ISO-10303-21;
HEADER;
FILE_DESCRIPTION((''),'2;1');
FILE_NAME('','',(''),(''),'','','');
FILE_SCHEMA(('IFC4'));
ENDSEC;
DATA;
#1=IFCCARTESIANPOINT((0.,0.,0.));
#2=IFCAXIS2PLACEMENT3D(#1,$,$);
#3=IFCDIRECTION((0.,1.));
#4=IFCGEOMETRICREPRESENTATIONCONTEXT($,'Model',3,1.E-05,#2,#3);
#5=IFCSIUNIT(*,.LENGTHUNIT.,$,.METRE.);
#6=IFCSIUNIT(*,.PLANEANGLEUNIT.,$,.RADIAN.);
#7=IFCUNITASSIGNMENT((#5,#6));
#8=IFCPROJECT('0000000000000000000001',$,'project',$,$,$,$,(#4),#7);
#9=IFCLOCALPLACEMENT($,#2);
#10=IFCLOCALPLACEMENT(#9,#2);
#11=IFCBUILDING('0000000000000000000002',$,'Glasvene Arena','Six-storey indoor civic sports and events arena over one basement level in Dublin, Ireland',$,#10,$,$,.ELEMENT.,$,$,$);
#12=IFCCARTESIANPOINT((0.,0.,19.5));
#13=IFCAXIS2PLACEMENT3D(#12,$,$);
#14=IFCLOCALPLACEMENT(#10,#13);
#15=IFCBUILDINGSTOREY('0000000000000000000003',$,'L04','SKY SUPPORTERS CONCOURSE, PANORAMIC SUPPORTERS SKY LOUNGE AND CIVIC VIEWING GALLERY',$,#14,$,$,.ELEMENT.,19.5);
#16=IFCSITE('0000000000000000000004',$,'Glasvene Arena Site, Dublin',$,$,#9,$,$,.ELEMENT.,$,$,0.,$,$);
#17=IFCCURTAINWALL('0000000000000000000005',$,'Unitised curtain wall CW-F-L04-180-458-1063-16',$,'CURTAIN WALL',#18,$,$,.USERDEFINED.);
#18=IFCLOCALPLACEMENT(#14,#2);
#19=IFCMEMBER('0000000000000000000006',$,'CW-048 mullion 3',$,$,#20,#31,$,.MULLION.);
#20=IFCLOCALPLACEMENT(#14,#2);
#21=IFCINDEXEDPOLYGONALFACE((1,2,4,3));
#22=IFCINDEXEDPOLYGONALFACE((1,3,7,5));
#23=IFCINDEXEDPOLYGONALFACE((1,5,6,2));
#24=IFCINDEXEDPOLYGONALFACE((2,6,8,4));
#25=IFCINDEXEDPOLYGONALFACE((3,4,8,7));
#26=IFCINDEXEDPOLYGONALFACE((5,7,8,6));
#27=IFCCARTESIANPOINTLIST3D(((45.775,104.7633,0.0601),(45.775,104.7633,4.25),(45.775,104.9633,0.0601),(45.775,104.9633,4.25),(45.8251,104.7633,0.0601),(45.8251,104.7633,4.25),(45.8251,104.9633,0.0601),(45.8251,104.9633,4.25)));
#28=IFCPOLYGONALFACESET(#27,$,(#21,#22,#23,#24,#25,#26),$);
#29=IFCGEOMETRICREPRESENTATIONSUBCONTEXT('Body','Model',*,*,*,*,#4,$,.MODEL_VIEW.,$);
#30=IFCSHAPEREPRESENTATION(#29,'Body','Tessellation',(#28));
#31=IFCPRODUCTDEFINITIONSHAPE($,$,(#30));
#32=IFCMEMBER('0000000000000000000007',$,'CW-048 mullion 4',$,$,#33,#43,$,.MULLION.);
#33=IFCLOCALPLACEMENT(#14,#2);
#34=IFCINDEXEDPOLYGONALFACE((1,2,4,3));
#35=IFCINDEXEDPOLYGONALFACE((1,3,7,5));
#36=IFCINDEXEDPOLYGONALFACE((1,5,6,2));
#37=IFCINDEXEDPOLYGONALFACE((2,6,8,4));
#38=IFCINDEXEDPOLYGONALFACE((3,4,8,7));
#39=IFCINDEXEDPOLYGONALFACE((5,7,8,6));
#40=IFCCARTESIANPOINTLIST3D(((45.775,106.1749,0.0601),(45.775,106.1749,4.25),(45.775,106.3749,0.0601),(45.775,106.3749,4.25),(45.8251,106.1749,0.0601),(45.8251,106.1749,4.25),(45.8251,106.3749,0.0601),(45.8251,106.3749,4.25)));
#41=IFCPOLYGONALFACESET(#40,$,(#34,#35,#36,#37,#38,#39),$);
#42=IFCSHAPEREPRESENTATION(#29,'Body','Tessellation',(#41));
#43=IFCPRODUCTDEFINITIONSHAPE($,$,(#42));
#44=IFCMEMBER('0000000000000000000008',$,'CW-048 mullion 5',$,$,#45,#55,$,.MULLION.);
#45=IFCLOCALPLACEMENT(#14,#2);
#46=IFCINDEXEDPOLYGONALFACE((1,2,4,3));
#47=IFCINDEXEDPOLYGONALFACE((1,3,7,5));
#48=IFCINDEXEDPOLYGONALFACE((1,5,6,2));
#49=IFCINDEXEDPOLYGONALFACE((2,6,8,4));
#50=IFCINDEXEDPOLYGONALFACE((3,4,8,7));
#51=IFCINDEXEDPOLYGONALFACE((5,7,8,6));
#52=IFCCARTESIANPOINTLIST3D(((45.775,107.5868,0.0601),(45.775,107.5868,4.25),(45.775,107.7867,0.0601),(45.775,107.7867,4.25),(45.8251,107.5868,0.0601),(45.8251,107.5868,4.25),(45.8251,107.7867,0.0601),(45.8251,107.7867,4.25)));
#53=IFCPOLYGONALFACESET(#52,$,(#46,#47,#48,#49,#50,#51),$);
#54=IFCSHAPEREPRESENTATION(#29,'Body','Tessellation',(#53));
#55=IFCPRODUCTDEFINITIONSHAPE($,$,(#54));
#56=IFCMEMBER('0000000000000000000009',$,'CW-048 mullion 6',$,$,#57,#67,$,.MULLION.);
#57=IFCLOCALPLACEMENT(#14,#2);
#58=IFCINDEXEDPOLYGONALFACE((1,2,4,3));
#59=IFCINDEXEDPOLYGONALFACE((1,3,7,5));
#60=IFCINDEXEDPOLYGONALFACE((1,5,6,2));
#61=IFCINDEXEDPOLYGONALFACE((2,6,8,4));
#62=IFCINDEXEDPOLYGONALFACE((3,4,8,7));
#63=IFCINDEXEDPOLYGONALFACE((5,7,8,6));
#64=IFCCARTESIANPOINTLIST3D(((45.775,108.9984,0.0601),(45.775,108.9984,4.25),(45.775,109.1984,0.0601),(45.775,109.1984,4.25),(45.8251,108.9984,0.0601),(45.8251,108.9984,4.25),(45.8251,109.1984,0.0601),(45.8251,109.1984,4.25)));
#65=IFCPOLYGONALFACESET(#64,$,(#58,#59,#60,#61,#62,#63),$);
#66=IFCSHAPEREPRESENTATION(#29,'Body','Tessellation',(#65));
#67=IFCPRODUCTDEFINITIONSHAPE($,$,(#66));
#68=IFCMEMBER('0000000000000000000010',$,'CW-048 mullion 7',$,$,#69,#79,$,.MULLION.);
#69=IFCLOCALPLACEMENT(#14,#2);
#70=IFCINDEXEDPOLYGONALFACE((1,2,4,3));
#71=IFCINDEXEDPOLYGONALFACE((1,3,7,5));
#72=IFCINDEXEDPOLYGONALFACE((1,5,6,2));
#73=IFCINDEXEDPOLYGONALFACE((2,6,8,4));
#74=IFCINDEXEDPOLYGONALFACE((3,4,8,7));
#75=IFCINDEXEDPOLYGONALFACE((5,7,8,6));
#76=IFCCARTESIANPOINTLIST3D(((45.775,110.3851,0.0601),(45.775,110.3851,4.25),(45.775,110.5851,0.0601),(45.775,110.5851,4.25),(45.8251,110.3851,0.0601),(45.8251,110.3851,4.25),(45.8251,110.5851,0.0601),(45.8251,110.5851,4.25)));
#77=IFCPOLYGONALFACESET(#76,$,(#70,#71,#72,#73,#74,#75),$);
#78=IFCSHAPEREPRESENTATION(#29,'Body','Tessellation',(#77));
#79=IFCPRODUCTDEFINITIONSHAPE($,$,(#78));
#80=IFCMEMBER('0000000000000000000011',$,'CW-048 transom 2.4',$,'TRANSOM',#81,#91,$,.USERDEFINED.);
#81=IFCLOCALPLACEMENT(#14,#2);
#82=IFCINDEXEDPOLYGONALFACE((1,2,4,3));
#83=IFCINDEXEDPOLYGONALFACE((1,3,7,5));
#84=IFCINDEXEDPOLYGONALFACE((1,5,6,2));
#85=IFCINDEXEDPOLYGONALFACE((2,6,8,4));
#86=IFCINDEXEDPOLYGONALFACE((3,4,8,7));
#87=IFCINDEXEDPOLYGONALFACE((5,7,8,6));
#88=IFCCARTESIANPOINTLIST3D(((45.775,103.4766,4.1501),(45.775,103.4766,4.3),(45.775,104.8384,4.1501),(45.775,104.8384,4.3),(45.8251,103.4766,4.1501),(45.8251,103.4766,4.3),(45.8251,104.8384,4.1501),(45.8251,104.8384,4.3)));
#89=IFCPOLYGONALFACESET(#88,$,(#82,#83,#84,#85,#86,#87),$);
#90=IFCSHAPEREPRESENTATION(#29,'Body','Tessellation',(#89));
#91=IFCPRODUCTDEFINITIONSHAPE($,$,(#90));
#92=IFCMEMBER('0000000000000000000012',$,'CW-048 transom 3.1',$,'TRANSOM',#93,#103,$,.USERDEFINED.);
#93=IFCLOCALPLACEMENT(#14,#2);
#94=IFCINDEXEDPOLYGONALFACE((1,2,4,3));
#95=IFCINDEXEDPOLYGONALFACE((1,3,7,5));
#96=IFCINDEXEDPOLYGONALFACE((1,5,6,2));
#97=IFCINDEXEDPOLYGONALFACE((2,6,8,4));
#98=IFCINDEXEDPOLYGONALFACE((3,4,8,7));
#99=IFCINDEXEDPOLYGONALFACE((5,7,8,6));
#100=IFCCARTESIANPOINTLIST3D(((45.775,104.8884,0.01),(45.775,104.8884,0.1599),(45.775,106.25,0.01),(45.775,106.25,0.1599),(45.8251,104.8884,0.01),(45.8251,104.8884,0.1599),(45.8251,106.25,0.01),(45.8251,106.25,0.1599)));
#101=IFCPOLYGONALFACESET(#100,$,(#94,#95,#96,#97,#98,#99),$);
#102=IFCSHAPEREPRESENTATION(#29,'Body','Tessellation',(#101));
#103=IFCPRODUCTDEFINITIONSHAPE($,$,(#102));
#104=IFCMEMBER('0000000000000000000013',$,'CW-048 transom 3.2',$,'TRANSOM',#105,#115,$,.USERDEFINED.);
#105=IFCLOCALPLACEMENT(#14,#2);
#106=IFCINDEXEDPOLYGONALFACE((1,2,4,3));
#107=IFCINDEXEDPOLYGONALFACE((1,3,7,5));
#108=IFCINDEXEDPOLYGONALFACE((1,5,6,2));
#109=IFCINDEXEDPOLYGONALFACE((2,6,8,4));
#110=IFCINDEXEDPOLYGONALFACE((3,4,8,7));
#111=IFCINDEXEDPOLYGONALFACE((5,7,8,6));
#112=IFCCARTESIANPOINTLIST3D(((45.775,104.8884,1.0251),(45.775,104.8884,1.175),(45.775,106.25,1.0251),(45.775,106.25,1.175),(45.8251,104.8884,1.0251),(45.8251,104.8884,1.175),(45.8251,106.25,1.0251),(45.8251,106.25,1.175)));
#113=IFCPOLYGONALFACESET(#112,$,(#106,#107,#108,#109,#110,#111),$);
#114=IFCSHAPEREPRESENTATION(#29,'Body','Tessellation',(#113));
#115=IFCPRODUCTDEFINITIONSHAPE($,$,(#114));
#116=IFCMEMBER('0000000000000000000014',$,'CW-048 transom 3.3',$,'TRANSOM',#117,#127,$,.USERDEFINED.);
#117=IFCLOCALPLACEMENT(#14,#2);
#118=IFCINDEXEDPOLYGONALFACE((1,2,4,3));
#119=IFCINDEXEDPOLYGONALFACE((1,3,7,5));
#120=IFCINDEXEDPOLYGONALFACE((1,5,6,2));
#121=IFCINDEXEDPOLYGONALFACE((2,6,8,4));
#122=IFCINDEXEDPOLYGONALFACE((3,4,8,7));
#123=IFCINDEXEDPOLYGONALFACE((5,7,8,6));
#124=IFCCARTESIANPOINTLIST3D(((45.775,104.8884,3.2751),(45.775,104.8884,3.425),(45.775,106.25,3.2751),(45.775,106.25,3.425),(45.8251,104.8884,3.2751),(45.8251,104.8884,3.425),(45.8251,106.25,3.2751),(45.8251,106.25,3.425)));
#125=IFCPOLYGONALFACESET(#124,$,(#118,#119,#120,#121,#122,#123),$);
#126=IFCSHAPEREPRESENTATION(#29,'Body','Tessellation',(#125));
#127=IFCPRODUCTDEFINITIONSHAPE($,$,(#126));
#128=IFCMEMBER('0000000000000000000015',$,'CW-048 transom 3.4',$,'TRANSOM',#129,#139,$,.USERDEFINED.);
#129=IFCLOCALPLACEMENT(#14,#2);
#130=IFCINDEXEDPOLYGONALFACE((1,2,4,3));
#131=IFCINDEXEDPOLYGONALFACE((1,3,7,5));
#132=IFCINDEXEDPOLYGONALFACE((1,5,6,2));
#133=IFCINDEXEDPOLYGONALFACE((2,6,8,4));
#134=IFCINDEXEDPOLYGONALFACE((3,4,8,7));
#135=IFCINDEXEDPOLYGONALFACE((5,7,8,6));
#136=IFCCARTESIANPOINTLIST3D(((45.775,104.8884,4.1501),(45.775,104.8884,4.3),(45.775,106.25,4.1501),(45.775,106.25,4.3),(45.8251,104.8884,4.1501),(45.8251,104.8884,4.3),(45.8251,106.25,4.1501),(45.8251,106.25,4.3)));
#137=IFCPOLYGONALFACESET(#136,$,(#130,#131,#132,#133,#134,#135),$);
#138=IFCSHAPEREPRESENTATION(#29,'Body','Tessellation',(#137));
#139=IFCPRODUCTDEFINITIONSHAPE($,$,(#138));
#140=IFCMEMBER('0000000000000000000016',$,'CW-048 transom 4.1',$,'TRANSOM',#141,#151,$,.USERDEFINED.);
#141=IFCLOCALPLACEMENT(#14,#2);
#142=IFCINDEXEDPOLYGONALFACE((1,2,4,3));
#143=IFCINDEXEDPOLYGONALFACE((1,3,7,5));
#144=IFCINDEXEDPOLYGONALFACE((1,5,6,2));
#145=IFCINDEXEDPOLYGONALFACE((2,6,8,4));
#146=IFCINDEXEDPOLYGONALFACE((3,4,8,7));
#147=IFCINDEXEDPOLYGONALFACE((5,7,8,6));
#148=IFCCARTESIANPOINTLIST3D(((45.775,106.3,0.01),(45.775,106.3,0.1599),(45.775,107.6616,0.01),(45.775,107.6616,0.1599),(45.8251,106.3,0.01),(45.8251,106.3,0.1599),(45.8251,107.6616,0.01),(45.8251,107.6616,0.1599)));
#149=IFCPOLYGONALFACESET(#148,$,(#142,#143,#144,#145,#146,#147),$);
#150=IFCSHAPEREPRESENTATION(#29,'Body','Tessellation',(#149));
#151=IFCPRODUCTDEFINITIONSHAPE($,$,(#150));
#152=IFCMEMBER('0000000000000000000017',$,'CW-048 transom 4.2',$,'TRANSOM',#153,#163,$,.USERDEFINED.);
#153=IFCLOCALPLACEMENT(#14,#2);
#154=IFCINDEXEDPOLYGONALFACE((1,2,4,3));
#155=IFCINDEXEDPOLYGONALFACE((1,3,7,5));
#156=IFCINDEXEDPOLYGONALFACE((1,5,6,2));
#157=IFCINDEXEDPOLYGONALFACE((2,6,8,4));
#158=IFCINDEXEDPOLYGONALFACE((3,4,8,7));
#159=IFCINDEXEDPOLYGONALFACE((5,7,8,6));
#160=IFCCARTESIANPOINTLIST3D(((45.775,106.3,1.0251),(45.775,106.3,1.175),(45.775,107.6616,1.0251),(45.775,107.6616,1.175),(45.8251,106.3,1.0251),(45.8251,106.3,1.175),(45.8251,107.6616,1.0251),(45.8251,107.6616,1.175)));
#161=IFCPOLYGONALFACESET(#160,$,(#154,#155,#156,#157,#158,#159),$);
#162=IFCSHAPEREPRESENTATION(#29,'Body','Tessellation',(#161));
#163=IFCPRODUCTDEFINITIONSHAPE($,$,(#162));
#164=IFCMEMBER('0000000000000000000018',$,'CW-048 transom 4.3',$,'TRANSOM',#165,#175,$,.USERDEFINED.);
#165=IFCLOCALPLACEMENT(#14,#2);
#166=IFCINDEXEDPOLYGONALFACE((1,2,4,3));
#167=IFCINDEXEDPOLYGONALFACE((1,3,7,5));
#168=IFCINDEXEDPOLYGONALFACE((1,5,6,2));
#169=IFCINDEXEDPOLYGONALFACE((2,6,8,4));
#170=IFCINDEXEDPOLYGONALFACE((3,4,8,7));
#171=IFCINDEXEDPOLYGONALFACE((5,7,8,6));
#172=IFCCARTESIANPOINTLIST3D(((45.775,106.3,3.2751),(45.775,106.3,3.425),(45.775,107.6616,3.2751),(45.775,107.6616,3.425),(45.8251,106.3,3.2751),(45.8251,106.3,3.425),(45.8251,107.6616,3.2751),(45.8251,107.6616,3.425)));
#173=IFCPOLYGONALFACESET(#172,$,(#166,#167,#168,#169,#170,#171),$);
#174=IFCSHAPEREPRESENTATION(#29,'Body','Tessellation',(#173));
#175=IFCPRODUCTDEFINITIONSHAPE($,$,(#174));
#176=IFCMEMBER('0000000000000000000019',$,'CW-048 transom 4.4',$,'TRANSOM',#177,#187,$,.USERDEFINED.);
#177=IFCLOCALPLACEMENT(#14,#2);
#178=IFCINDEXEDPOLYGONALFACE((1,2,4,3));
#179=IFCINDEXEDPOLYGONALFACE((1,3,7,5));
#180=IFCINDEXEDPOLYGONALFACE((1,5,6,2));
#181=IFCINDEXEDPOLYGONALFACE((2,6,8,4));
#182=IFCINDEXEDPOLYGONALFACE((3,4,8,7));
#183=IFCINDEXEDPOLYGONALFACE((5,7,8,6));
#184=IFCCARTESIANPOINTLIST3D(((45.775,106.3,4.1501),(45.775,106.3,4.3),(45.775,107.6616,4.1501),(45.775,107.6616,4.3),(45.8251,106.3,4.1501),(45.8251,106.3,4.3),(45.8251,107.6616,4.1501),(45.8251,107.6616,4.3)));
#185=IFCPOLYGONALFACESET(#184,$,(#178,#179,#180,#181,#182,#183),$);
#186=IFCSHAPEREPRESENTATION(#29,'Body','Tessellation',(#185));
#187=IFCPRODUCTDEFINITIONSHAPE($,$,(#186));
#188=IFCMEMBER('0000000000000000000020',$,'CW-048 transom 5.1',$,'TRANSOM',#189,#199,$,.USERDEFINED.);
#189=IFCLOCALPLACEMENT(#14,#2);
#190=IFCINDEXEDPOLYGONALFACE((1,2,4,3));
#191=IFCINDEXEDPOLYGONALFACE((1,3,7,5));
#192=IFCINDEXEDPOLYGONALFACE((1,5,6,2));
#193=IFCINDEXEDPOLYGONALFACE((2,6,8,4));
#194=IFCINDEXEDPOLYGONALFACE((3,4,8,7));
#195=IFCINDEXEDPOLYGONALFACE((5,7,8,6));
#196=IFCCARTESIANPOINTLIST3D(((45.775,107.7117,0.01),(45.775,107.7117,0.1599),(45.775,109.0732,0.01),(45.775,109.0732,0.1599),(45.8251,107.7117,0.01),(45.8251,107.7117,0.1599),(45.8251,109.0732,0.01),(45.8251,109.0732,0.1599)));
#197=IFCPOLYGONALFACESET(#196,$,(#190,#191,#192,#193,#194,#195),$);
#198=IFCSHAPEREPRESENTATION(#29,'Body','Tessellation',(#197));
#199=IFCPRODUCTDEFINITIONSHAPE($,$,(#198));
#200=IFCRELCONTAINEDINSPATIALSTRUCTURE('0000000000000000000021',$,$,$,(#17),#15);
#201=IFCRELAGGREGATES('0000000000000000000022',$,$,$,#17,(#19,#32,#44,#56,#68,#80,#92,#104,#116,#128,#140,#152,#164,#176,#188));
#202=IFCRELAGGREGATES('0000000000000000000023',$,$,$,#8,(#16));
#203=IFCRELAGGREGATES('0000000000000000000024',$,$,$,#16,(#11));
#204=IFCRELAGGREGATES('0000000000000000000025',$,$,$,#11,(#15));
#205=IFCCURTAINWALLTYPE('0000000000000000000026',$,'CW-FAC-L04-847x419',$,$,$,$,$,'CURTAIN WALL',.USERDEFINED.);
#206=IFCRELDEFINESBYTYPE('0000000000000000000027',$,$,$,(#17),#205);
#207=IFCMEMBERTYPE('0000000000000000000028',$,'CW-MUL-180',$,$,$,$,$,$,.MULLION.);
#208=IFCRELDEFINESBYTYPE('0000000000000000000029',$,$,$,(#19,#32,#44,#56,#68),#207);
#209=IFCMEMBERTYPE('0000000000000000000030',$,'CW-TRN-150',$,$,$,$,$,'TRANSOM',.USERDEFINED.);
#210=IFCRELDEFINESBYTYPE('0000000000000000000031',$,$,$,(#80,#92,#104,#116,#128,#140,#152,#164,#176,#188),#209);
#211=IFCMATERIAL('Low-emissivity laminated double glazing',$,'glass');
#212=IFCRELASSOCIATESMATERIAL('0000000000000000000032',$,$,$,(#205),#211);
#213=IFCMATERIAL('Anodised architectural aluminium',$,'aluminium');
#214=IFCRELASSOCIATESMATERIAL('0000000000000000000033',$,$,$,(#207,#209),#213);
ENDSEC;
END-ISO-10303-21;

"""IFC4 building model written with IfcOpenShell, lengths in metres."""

from ifc_helpers import new_model, si_unit, direction, frame, origin, origin_2d, place, context, subcontext, project, spatial, rectangle, extrude, material, material_profile, profile_set, type_object, element, aggregate, save


model = new_model("IFC4")

# Units and contexts
model_context = context("Model", 3, precision=1e-05, world=origin(), true_north=direction((0.0, 1.0)))
body_context = subcontext(model_context, "Body", "Model", "MODEL_VIEW")
ifc_project = project(units=[si_unit("LENGTHUNIT", "METRE"), si_unit("PLANEANGLEUNIT", "RADIAN")], contexts=[model_context])

# Site, building, storey
site_placement = place(None, origin())
site = spatial("IfcSite", under=ifc_project, at=site_placement, Name="Glasvene Arena Site, Dublin", CompositionType="ELEMENT", RefElevation=0.0)
building_placement = place(site_placement, origin())
building = spatial("IfcBuilding", under=site, at=building_placement, Name="Glasvene Arena", Description="Six-storey indoor civic sports and events arena over one basement level in Dublin, Ireland", CompositionType="ELEMENT")
storey_placement = place(building_placement, frame((0.0, 0.0, 19.5)))
storey = spatial("IfcBuildingStorey", under=building, at=storey_placement, Name="L04", Description="SKY SUPPORTERS CONCOURSE, PANORAMIC SUPPORTERS SKY LOUNGE AND CIVIC VIEWING GALLERY", CompositionType="ELEMENT", Elevation=19.5)

# Curtain wall, members
ifc_material_1 = material(Name="Low-emissivity laminated double glazing", Category="glass")
curtain_wall_type = type_object("IfcCurtainWallType", Name="CW-FAC-L04-847x419", ElementType="CURTAIN WALL", PredefinedType="USERDEFINED", material=ifc_material_1)
curtain_wall_placement = place(storey_placement, frame((45.8, 102.04, 0.0)))
curtain_wall = element("IfcCurtainWall", 1, at=curtain_wall_placement, inside=storey, type_object=curtain_wall_type, Name="Unitised curtain wall CW-F-L04-180-458-1063-16", ObjectType="CURTAIN WALL", PredefinedType="USERDEFINED")
ifc_material_2 = material(Name="Anodised architectural aluminium", Category="aluminium")
ifc_material_profile_1 = material_profile(ifc_material_2, rectangle(XDim=0.05, YDim=0.2, at=origin_2d()), Name="ALU MULLION 50x200")
ifc_profile_set_1 = profile_set([ifc_material_profile_1], Name="Anodised architectural aluminium")
member_type_1 = type_object("IfcMemberType", Name="CW-MUL-180", PredefinedType="MULLION", material=ifc_profile_set_1)
member_1_placement = place(storey_placement, frame((45.8, 104.8633, 0.0601), z_axis=(0.0, 0.0, 1.0), x_axis=(-1.0, 0.0, 0.0)))
member_1 = element("IfcMember", 2, at=member_1_placement, type_object=member_type_1, Name="CW-048 mullion 3", PredefinedType="MULLION", context=body_context, shape_type="SweptSolid", body=[
    extrude(rectangle(XDim=0.05, YDim=0.2, at=origin_2d()), origin(), (0.0, 0.0, 1.0), 4.1899),
])
member_2_placement = place(storey_placement, frame((45.8, 106.2749, 0.0601), z_axis=(0.0, 0.0, 1.0), x_axis=(-1.0, 0.0, 0.0)))
member_2 = element("IfcMember", 3, at=member_2_placement, type_object=member_type_1, Name="CW-048 mullion 4", PredefinedType="MULLION", context=body_context, shape_type="SweptSolid", body=[
    extrude(rectangle(XDim=0.05, YDim=0.2, at=origin_2d()), origin(), (0.0, 0.0, 1.0), 4.1899),
])
member_3_placement = place(storey_placement, frame((45.8, 107.6868, 0.0601), z_axis=(0.0, 0.0, 1.0), x_axis=(-1.0, 0.0, 0.0)))
member_3 = element("IfcMember", 4, at=member_3_placement, type_object=member_type_1, Name="CW-048 mullion 5", PredefinedType="MULLION", context=body_context, shape_type="SweptSolid", body=[
    extrude(rectangle(XDim=0.05, YDim=0.2, at=origin_2d()), origin(), (0.0, 0.0, 1.0), 4.1899),
])
member_4_placement = place(storey_placement, frame((45.8, 109.0984, 0.0601), z_axis=(0.0, 0.0, 1.0), x_axis=(-1.0, 0.0, 0.0)))
member_4 = element("IfcMember", 5, at=member_4_placement, type_object=member_type_1, Name="CW-048 mullion 6", PredefinedType="MULLION", context=body_context, shape_type="SweptSolid", body=[
    extrude(rectangle(XDim=0.05, YDim=0.2, at=origin_2d()), origin(), (0.0, 0.0, 1.0), 4.1899),
])
member_5_placement = place(storey_placement, frame((45.8, 110.4851, 0.0601), z_axis=(0.0, 0.0, 1.0), x_axis=(-1.0, 0.0, 0.0)))
member_5 = element("IfcMember", 6, at=member_5_placement, type_object=member_type_1, Name="CW-048 mullion 7", PredefinedType="MULLION", context=body_context, shape_type="SweptSolid", body=[
    extrude(rectangle(XDim=0.05, YDim=0.2, at=origin_2d()), origin(), (0.0, 0.0, 1.0), 4.1899),
])
ifc_material_profile_2 = material_profile(ifc_material_2, rectangle(XDim=0.05, YDim=0.1499, at=origin_2d()), Name="ALU TRANSOM 50x150")
ifc_profile_set_2 = profile_set([ifc_material_profile_2], Name="Anodised architectural aluminium")
member_type_2 = type_object("IfcMemberType", Name="CW-TRN-150", ElementType="TRANSOM", PredefinedType="USERDEFINED", material=ifc_profile_set_2)
member_6_placement = place(storey_placement, frame((45.8, 103.4766, 4.2251), z_axis=(0.0, 1.0, 0.0), x_axis=(-1.0, 0.0, 0.0)))
member_6 = element("IfcMember", 7, at=member_6_placement, type_object=member_type_2, Name="CW-048 transom 2.4", ObjectType="TRANSOM", PredefinedType="USERDEFINED", context=body_context, shape_type="SweptSolid", body=[
    extrude(rectangle(XDim=0.05, YDim=0.1499, at=origin_2d()), origin(), (0.0, 0.0, 1.0), 1.3618),
])
member_7_placement = place(storey_placement, frame((45.8, 104.8884, 0.085), z_axis=(0.0, 1.0, 0.0), x_axis=(-1.0, 0.0, 0.0)))
member_7 = element("IfcMember", 8, at=member_7_placement, type_object=member_type_2, Name="CW-048 transom 3.1", ObjectType="TRANSOM", PredefinedType="USERDEFINED", context=body_context, shape_type="SweptSolid", body=[
    extrude(rectangle(XDim=0.05, YDim=0.1499, at=origin_2d()), origin(), (0.0, 0.0, 1.0), 1.3616),
])
member_8_placement = place(storey_placement, frame((45.8, 104.8884, 1.1001), z_axis=(0.0, 1.0, 0.0), x_axis=(-1.0, 0.0, 0.0)))
member_8 = element("IfcMember", 9, at=member_8_placement, type_object=member_type_2, Name="CW-048 transom 3.2", ObjectType="TRANSOM", PredefinedType="USERDEFINED", context=body_context, shape_type="SweptSolid", body=[
    extrude(rectangle(XDim=0.05, YDim=0.1499, at=origin_2d()), origin(), (0.0, 0.0, 1.0), 1.3616),
])
member_9_placement = place(storey_placement, frame((45.8, 104.8884, 3.3501), z_axis=(0.0, 1.0, 0.0), x_axis=(-1.0, 0.0, 0.0)))
member_9 = element("IfcMember", 10, at=member_9_placement, type_object=member_type_2, Name="CW-048 transom 3.3", ObjectType="TRANSOM", PredefinedType="USERDEFINED", context=body_context, shape_type="SweptSolid", body=[
    extrude(rectangle(XDim=0.05, YDim=0.1499, at=origin_2d()), origin(), (0.0, 0.0, 1.0), 1.3616),
])
member_10_placement = place(storey_placement, frame((45.8, 104.8884, 4.2251), z_axis=(0.0, 1.0, 0.0), x_axis=(-1.0, 0.0, 0.0)))
member_10 = element("IfcMember", 11, at=member_10_placement, type_object=member_type_2, Name="CW-048 transom 3.4", ObjectType="TRANSOM", PredefinedType="USERDEFINED", context=body_context, shape_type="SweptSolid", body=[
    extrude(rectangle(XDim=0.05, YDim=0.1499, at=origin_2d()), origin(), (0.0, 0.0, 1.0), 1.3616),
])
member_11_placement = place(storey_placement, frame((45.8, 106.3, 0.085), z_axis=(0.0, 1.0, 0.0), x_axis=(-1.0, 0.0, 0.0)))
member_11 = element("IfcMember", 12, at=member_11_placement, type_object=member_type_2, Name="CW-048 transom 4.1", ObjectType="TRANSOM", PredefinedType="USERDEFINED", context=body_context, shape_type="SweptSolid", body=[
    extrude(rectangle(XDim=0.05, YDim=0.1499, at=origin_2d()), origin(), (0.0, 0.0, 1.0), 1.3616),
])
member_12_placement = place(storey_placement, frame((45.8, 106.3, 1.1001), z_axis=(0.0, 1.0, 0.0), x_axis=(-1.0, 0.0, 0.0)))
member_12 = element("IfcMember", 13, at=member_12_placement, type_object=member_type_2, Name="CW-048 transom 4.2", ObjectType="TRANSOM", PredefinedType="USERDEFINED", context=body_context, shape_type="SweptSolid", body=[
    extrude(rectangle(XDim=0.05, YDim=0.1499, at=origin_2d()), origin(), (0.0, 0.0, 1.0), 1.3616),
])
member_13_placement = place(storey_placement, frame((45.8, 106.3, 3.3501), z_axis=(0.0, 1.0, 0.0), x_axis=(-1.0, 0.0, 0.0)))
member_13 = element("IfcMember", 14, at=member_13_placement, type_object=member_type_2, Name="CW-048 transom 4.3", ObjectType="TRANSOM", PredefinedType="USERDEFINED", context=body_context, shape_type="SweptSolid", body=[
    extrude(rectangle(XDim=0.05, YDim=0.1499, at=origin_2d()), origin(), (0.0, 0.0, 1.0), 1.3616),
])
member_14_placement = place(storey_placement, frame((45.8, 106.3, 4.2251), z_axis=(0.0, 1.0, 0.0), x_axis=(-1.0, 0.0, 0.0)))
member_14 = element("IfcMember", 15, at=member_14_placement, type_object=member_type_2, Name="CW-048 transom 4.4", ObjectType="TRANSOM", PredefinedType="USERDEFINED", context=body_context, shape_type="SweptSolid", body=[
    extrude(rectangle(XDim=0.05, YDim=0.1499, at=origin_2d()), origin(), (0.0, 0.0, 1.0), 1.3616),
])
member_15_placement = place(storey_placement, frame((45.8, 107.7117, 0.085), z_axis=(0.0, 1.0, 0.0), x_axis=(-1.0, 0.0, 0.0)))
member_15 = element("IfcMember", 16, at=member_15_placement, type_object=member_type_2, Name="CW-048 transom 5.1", ObjectType="TRANSOM", PredefinedType="USERDEFINED", context=body_context, shape_type="SweptSolid", body=[
    extrude(rectangle(XDim=0.05, YDim=0.1499, at=origin_2d()), origin(), (0.0, 0.0, 1.0), 1.3616),
])
aggregate(curtain_wall, [member_1, member_2, member_3, member_4, member_5, member_6, member_7, member_8, member_9, member_10, member_11, member_12, member_13, member_14, member_15])

save(model, "model.ifc")
